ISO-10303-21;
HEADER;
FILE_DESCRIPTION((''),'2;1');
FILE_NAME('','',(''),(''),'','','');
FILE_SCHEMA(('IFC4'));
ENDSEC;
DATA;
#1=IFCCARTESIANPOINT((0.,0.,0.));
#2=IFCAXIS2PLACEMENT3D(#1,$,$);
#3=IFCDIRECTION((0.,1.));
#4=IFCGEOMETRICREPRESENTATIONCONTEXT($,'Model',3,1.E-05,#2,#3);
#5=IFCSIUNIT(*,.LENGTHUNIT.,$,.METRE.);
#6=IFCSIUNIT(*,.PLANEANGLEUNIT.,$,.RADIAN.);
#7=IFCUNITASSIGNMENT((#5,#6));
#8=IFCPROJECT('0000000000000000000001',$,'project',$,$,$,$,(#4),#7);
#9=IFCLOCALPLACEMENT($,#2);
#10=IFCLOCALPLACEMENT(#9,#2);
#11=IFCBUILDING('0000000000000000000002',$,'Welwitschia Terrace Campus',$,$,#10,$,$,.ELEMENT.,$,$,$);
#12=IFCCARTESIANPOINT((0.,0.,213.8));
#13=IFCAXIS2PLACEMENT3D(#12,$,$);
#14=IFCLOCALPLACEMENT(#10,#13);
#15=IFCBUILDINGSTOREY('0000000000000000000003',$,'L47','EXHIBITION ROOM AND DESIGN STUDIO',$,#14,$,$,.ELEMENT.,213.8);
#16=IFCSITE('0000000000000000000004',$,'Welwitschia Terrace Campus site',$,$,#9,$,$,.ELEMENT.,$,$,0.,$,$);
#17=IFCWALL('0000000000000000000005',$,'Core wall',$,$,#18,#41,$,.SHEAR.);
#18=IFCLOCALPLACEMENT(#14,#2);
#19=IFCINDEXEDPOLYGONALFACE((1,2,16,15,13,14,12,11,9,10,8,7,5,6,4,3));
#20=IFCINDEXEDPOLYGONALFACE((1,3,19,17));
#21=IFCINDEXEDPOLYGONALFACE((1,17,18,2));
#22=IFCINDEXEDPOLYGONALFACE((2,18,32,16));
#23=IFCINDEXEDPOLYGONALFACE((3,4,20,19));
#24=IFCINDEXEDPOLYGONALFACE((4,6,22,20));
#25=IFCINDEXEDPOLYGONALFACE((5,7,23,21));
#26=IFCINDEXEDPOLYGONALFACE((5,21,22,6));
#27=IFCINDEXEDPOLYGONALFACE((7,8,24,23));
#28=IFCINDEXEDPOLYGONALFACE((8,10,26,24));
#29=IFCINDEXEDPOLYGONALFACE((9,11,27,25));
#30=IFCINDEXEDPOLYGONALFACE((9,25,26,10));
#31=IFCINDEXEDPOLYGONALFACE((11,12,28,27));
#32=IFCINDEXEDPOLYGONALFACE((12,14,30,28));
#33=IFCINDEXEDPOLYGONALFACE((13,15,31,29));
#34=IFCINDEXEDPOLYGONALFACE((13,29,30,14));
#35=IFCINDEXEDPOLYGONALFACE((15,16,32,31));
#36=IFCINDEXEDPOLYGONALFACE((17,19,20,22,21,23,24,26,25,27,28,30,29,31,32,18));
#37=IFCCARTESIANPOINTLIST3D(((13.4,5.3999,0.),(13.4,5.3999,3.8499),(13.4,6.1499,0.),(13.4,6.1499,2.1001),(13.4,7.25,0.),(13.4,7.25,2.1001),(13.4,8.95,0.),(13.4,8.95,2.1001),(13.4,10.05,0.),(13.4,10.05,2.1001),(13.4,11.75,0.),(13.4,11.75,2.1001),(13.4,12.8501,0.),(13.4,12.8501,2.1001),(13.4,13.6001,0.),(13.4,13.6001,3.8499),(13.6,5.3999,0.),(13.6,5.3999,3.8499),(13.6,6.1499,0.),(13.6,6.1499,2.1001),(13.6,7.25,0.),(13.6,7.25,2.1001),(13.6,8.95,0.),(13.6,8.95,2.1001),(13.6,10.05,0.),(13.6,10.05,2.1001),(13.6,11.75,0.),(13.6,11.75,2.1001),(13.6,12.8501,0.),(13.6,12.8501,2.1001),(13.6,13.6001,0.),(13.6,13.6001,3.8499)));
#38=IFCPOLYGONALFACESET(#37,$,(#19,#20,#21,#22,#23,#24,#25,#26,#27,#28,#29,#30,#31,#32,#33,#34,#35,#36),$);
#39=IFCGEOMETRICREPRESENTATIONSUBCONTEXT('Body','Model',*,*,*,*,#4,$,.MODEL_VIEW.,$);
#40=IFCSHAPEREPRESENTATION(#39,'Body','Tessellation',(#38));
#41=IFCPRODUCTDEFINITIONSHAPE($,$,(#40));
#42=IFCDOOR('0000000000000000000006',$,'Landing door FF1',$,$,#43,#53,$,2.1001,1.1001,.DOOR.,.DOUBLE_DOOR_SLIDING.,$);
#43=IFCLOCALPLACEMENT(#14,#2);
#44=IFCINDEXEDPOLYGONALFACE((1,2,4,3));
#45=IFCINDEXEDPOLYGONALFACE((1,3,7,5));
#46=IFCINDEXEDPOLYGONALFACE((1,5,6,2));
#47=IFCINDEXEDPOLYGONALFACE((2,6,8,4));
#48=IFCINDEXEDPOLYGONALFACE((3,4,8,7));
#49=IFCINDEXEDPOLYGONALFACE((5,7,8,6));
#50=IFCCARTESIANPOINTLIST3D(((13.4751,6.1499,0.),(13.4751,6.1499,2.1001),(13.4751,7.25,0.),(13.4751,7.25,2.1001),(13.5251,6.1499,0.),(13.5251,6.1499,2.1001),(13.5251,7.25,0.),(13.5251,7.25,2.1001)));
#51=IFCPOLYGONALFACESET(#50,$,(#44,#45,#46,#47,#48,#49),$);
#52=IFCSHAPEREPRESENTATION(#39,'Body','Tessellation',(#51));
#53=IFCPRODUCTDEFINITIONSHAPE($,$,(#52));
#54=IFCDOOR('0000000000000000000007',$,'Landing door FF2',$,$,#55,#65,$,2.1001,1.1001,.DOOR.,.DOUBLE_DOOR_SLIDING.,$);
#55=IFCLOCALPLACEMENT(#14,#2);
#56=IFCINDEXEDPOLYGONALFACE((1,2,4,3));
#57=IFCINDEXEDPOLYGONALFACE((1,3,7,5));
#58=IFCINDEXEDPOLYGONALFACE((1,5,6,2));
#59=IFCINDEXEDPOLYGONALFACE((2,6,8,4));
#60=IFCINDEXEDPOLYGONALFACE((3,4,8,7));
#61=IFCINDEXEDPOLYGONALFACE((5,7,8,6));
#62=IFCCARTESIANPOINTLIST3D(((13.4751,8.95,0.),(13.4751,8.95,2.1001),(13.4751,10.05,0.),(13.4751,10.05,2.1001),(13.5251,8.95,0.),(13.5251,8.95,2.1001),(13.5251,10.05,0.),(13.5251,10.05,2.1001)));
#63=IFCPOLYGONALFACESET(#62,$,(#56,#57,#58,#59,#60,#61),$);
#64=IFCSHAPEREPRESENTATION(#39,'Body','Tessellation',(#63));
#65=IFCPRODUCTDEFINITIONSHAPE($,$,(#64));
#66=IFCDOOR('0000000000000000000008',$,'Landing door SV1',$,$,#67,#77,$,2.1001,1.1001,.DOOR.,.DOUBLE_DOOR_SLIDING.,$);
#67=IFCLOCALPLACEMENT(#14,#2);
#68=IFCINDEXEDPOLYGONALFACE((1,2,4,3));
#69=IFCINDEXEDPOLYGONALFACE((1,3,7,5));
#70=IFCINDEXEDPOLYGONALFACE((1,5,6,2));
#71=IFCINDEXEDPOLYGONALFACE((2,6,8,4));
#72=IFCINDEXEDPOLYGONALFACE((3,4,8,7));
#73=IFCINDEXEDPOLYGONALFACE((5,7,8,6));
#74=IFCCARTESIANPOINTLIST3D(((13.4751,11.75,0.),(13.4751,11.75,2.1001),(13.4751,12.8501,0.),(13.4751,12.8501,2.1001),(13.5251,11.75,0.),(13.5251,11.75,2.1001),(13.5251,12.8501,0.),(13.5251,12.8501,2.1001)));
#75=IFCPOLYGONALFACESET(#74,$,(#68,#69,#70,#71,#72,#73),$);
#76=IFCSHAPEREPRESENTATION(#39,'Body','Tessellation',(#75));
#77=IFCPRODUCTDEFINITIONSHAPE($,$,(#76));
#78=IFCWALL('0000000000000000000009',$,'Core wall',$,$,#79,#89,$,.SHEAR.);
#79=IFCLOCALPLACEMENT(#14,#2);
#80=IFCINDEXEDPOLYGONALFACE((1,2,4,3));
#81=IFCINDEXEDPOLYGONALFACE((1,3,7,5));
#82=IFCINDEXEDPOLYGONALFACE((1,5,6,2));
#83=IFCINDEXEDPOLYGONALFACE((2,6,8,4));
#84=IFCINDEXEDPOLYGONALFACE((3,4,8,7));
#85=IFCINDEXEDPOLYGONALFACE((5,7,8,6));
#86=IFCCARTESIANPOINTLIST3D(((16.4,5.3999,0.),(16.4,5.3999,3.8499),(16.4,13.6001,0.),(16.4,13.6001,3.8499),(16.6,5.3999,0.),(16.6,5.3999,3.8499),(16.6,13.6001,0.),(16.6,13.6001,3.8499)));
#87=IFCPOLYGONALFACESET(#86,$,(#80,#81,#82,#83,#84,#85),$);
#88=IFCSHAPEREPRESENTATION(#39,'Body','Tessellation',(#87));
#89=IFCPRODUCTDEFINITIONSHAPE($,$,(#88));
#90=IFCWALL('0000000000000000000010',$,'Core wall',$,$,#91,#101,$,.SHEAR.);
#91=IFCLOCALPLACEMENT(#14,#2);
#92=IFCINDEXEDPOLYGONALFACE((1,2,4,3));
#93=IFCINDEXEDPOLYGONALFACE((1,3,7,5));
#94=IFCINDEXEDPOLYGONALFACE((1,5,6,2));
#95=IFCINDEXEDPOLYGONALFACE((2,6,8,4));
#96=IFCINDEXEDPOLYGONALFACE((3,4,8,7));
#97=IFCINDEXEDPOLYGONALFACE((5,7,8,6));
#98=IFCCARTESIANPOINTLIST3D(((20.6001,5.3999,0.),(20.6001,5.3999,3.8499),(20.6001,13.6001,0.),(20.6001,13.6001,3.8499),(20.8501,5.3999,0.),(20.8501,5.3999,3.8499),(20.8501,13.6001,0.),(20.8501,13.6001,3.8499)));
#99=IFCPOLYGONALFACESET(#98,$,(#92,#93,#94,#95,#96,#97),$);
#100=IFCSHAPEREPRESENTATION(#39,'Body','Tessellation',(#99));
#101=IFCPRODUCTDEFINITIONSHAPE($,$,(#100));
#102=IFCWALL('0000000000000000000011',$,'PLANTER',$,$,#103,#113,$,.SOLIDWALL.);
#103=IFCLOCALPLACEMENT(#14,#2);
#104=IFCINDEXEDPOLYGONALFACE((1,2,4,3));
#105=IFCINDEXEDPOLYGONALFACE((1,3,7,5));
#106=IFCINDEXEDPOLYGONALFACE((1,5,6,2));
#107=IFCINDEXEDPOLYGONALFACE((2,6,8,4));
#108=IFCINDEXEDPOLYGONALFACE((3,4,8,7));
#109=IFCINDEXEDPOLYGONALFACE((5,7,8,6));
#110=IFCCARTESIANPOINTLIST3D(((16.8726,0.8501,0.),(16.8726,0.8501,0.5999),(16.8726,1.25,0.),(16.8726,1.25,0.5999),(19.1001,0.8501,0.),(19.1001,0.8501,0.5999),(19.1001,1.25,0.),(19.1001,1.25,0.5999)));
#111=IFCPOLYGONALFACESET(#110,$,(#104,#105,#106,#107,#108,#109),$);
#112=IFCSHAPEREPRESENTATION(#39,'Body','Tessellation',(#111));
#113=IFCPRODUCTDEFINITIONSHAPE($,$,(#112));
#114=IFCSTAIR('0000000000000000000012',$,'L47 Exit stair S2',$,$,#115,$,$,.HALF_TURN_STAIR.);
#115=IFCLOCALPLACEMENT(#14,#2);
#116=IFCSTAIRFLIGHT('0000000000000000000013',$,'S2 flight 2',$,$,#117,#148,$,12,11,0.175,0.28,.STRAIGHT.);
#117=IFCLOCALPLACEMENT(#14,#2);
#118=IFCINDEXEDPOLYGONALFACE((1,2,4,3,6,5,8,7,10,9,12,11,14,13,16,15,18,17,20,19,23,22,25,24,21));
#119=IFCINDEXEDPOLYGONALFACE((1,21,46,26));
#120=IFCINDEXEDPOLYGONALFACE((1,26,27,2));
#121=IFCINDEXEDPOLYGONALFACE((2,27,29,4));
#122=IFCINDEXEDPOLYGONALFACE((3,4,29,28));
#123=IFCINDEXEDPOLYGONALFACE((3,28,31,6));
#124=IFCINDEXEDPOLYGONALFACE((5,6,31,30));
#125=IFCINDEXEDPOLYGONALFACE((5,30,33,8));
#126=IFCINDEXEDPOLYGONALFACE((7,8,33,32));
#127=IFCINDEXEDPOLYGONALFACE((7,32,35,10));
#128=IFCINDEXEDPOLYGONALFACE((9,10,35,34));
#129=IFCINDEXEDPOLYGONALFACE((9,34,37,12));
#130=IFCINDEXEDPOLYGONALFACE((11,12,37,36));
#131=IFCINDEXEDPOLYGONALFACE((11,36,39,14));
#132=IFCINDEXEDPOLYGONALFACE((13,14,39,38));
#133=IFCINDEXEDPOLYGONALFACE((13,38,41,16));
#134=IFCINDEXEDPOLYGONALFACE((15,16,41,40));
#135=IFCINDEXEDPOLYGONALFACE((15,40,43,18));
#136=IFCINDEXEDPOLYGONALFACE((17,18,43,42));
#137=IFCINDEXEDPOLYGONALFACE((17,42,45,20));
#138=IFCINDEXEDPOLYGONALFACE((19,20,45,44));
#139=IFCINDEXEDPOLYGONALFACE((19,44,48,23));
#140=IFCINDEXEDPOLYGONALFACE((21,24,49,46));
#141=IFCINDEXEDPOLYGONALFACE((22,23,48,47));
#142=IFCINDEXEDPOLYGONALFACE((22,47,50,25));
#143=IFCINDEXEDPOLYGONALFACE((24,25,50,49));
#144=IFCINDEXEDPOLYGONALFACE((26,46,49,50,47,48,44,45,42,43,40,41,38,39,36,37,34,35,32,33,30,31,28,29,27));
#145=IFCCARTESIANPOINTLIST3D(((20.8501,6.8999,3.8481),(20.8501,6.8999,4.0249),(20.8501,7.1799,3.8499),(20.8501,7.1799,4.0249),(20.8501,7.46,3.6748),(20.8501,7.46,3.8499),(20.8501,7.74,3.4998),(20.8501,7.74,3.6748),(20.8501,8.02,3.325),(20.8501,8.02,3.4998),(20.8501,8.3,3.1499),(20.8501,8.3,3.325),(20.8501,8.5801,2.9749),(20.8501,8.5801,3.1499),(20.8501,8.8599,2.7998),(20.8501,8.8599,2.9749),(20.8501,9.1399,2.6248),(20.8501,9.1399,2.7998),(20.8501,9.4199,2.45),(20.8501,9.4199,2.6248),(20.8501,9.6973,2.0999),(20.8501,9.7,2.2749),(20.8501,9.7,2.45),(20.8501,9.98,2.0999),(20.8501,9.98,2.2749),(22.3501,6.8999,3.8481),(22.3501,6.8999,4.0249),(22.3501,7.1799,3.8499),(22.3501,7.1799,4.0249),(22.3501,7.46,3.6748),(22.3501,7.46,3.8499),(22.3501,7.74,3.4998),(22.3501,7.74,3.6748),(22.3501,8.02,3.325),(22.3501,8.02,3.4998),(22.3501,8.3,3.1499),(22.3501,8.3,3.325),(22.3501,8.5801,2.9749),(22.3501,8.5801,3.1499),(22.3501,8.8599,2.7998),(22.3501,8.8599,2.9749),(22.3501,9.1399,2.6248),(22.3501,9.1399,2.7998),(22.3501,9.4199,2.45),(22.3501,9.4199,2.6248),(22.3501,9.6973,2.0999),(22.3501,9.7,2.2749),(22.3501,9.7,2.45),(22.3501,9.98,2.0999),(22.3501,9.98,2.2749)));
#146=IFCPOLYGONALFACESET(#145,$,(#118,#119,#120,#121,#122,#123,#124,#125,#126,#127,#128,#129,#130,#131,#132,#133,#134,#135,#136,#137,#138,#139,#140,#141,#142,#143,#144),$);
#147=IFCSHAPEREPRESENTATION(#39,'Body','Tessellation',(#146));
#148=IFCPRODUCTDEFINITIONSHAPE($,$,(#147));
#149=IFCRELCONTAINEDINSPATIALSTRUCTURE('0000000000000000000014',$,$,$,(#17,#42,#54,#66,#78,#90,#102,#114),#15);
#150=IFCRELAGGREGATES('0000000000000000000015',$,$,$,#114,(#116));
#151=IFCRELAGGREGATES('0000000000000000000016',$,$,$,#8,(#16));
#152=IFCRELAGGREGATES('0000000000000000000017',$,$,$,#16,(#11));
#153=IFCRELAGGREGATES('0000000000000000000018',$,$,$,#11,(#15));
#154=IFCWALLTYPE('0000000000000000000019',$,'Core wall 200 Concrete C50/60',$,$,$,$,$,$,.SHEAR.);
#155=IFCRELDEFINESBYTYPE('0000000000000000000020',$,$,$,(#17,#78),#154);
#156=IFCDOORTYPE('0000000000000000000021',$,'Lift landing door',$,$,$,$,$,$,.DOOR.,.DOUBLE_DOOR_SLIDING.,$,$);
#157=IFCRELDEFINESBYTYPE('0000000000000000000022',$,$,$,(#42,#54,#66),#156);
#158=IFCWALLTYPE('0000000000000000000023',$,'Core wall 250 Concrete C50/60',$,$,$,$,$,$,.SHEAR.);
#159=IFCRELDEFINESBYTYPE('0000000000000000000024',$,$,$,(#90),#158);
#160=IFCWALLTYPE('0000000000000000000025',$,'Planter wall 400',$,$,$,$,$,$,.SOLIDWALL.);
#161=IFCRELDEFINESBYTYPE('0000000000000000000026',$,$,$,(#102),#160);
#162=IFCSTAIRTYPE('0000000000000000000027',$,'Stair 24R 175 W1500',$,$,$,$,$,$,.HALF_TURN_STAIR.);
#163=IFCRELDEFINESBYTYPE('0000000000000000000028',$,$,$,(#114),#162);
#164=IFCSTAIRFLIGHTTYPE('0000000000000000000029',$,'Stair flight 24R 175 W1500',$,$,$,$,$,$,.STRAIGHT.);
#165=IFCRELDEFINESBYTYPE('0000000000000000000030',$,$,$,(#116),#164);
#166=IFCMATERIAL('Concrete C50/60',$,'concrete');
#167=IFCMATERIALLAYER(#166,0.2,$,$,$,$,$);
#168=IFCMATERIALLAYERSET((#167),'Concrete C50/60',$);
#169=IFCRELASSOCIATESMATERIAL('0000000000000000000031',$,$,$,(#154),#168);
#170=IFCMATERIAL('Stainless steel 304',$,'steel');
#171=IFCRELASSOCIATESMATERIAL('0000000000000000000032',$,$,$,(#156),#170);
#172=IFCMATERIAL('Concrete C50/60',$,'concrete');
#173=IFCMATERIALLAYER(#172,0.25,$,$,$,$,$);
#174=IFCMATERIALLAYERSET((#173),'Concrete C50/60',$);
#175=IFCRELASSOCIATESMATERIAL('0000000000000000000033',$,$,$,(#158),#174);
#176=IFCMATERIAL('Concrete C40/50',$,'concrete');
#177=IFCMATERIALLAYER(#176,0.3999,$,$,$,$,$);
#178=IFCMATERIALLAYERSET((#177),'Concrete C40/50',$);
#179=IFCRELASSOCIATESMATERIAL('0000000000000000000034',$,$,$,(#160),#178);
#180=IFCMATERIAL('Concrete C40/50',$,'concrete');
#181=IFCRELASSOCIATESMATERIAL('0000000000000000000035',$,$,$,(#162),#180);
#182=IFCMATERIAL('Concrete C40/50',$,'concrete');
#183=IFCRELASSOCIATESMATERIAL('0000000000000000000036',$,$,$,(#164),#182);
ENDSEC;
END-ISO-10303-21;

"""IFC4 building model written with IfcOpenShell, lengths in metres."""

from ifc_helpers import new_model, si_unit, direction, frame, frame_2d, origin, place, context, subcontext, project, spatial, polyline, rectangle, outline, extrude, material, layer, layer_set, type_object, element, fill, aggregate, save


model = new_model("IFC4")

# Units and contexts
model_context = context("Model", 3, precision=1e-05, world=origin(), true_north=direction((0.0, 1.0)))
body_context = subcontext(model_context, "Body", "Model", "MODEL_VIEW")
ifc_project = project(units=[si_unit("LENGTHUNIT", "METRE"), si_unit("PLANEANGLEUNIT", "RADIAN")], contexts=[model_context])

# Site, building, storey
site_placement = place(None, origin())
site = spatial("IfcSite", under=ifc_project, at=site_placement, Name="Welwitschia Terrace Campus site", CompositionType="ELEMENT", RefElevation=0.0)
building_placement = place(site_placement, origin())
building = spatial("IfcBuilding", under=site, at=building_placement, Name="Welwitschia Terrace Campus", CompositionType="ELEMENT")
storey_placement = place(building_placement, frame((0.0, 0.0, 213.8)))
storey = spatial("IfcBuildingStorey", under=building, at=storey_placement, Name="L47", Description="EXHIBITION ROOM AND DESIGN STUDIO", CompositionType="ELEMENT", Elevation=213.8)

# Shared definitions
ifc_material_1 = material(Name="Concrete C50/60", Category="concrete")
ifc_layer_1 = layer(ifc_material_1, 0.2)
ifc_layer_set_1 = layer_set([ifc_layer_1], Name="Concrete C50/60")
wall_type_1 = type_object("IfcWallType", Name="Core wall 200 Concrete C50/60", PredefinedType="SHEAR", material=ifc_layer_set_1)

# Wall, openings, doors
wall_1_placement = place(storey_placement, frame((13.5, 5.3999, 0.0), z_axis=(0.0, 0.0, 1.0), x_axis=(0.0, 1.0, 0.0)))
wall_1 = element("IfcWall", 1, at=wall_1_placement, inside=storey, type_object=wall_type_1, Name="Core wall", PredefinedType="SHEAR", context=body_context, shape_type="SweptSolid", body=[
    extrude(rectangle(XDim=8.2002, YDim=0.2, at=frame_2d((4.1001, 0.0))), origin(), (0.0, 0.0, 1.0), 3.8499),
])
opening_1_placement = place(wall_1_placement, frame((0.75, 0.0, 0.0)))
opening_1 = element("IfcOpeningElement", 2, at=opening_1_placement, cuts=wall_1, PredefinedType="OPENING", context=body_context, shape_type="SweptSolid", body=[
    extrude(rectangle(XDim=1.1001, YDim=2.1001, at=frame_2d((0.55, 1.05))), frame((0.0, 0.1099, 0.0), z_axis=(0.0, -1.0, 0.0), x_axis=(1.0, 0.0, 0.0)), (0.0, 0.0, 1.0), 0.22),
])
opening_2_placement = place(wall_1_placement, frame((3.55, 0.0, 0.0)))
opening_2 = element("IfcOpeningElement", 3, at=opening_2_placement, cuts=wall_1, PredefinedType="OPENING", context=body_context, shape_type="SweptSolid", body=[
    extrude(rectangle(XDim=1.1001, YDim=2.1001, at=frame_2d((0.55, 1.05))), frame((0.0, 0.1099, 0.0), z_axis=(0.0, -1.0, 0.0), x_axis=(1.0, 0.0, 0.0)), (0.0, 0.0, 1.0), 0.22),
])
opening_3_placement = place(wall_1_placement, frame((6.3501, 0.0, 0.0)))
opening_3 = element("IfcOpeningElement", 4, at=opening_3_placement, cuts=wall_1, PredefinedType="OPENING", context=body_context, shape_type="SweptSolid", body=[
    extrude(rectangle(XDim=1.1001, YDim=2.1001, at=frame_2d((0.55, 1.05))), frame((0.0, 0.1099, 0.0), z_axis=(0.0, -1.0, 0.0), x_axis=(1.0, 0.0, 0.0)), (0.0, 0.0, 1.0), 0.22),
])
ifc_material_2 = material(Name="Stainless steel 304", Category="steel")
door_type_1 = type_object("IfcDoorType", Name="Lift landing door", OperationType="DOUBLE_DOOR_SLIDING", PredefinedType="DOOR", material=ifc_material_2)
door_1_placement = place(opening_1_placement, origin())
door_1 = element("IfcDoor", 5, at=door_1_placement, inside=storey, type_object=door_type_1, Name="Landing door FF1", OperationType="DOUBLE_DOOR_SLIDING", OverallHeight=2.1001, OverallWidth=1.1001, PredefinedType="DOOR", context=body_context, shape_type="SweptSolid", body=[
    extrude(rectangle(XDim=1.1001, YDim=2.1001, at=frame_2d((0.55, 1.05))), frame((0.0, 0.0249, 0.0), z_axis=(0.0, -1.0, 0.0), x_axis=(1.0, 0.0, 0.0)), (0.0, 0.0, 1.0), 0.05),
])
fill(opening_1, door_1)
door_2_placement = place(opening_2_placement, origin())
door_2 = element("IfcDoor", 6, at=door_2_placement, inside=storey, type_object=door_type_1, Name="Landing door FF2", OperationType="DOUBLE_DOOR_SLIDING", OverallHeight=2.1001, OverallWidth=1.1001, PredefinedType="DOOR", context=body_context, shape_type="SweptSolid", body=[
    extrude(rectangle(XDim=1.1001, YDim=2.1001, at=frame_2d((0.55, 1.05))), frame((0.0, 0.0249, 0.0), z_axis=(0.0, -1.0, 0.0), x_axis=(1.0, 0.0, 0.0)), (0.0, 0.0, 1.0), 0.05),
])
fill(opening_2, door_2)
door_3_placement = place(opening_3_placement, origin())
door_3 = element("IfcDoor", 7, at=door_3_placement, inside=storey, type_object=door_type_1, Name="Landing door SV1", OperationType="DOUBLE_DOOR_SLIDING", OverallHeight=2.1001, OverallWidth=1.1001, PredefinedType="DOOR", context=body_context, shape_type="SweptSolid", body=[
    extrude(rectangle(XDim=1.1001, YDim=2.1001, at=frame_2d((0.55, 1.05))), frame((0.0, 0.0249, 0.0), z_axis=(0.0, -1.0, 0.0), x_axis=(1.0, 0.0, 0.0)), (0.0, 0.0, 1.0), 0.05),
])
fill(opening_3, door_3)

# Walls
wall_2_placement = place(storey_placement, frame((16.5, 5.3999, 0.0), z_axis=(0.0, 0.0, 1.0), x_axis=(0.0, 1.0, 0.0)))
element("IfcWall", 8, at=wall_2_placement, inside=storey, type_object=wall_type_1, Name="Core wall", PredefinedType="SHEAR", context=body_context, shape_type="SweptSolid", body=[
    extrude(rectangle(XDim=8.2002, YDim=0.2, at=frame_2d((4.1001, 0.0))), origin(), (0.0, 0.0, 1.0), 3.8499),
])
ifc_material_3 = material(Name="Concrete C50/60", Category="concrete")
ifc_layer_2 = layer(ifc_material_3, 0.25)
ifc_layer_set_2 = layer_set([ifc_layer_2], Name="Concrete C50/60")
wall_type_2 = type_object("IfcWallType", Name="Core wall 250 Concrete C50/60", PredefinedType="SHEAR", material=ifc_layer_set_2)
wall_3_placement = place(storey_placement, frame((20.7251, 5.3999, 0.0), z_axis=(0.0, 0.0, 1.0), x_axis=(0.0, 1.0, 0.0)))
element("IfcWall", 9, at=wall_3_placement, inside=storey, type_object=wall_type_2, Name="Core wall", PredefinedType="SHEAR", context=body_context, shape_type="SweptSolid", body=[
    extrude(rectangle(XDim=8.2002, YDim=0.25, at=frame_2d((4.1001, 0.0))), origin(), (0.0, 0.0, 1.0), 3.8499),
])
ifc_material_4 = material(Name="Concrete C40/50", Category="concrete")
ifc_layer_3 = layer(ifc_material_4, 0.3999)
ifc_layer_set_3 = layer_set([ifc_layer_3], Name="Concrete C40/50")
wall_type_3 = type_object("IfcWallType", Name="Planter wall 400", PredefinedType="SOLIDWALL", material=ifc_layer_set_3)
wall_4_placement = place(storey_placement, frame((19.1001, 1.05, 0.0), z_axis=(0.0, 0.0, 1.0), x_axis=(-1.0, 0.0, 0.0)))
element("IfcWall", 10, at=wall_4_placement, inside=storey, type_object=wall_type_3, Name="PLANTER", PredefinedType="SOLIDWALL", context=body_context, shape_type="SweptSolid", body=[
    extrude(rectangle(XDim=2.2275, YDim=0.3999, at=frame_2d((1.1138, 0.0))), origin(), (0.0, 0.0, 1.0), 0.5999),
])

# Stair, stair flight
ifc_material_5 = material(Name="Concrete C40/50", Category="concrete")
stair_type = type_object("IfcStairType", Name="Stair 24R 175 W1500", PredefinedType="HALF_TURN_STAIR", material=ifc_material_5)
stair_placement = place(storey_placement, origin())
stair = element("IfcStair", 11, at=stair_placement, inside=storey, type_object=stair_type, Name="L47 Exit stair S2", PredefinedType="HALF_TURN_STAIR")
ifc_material_6 = material(Name="Concrete C40/50", Category="concrete")
stair_flight_type = type_object("IfcStairFlightType", Name="Stair flight 24R 175 W1500", PredefinedType="STRAIGHT", material=ifc_material_6)
stair_flight_placement = place(storey_placement, frame((21.6001, 9.98, 2.0999), z_axis=(0.0, 0.0, 1.0), x_axis=(0.0, -1.0, 0.0)))
stair_flight = element("IfcStairFlight", 12, at=stair_flight_placement, type_object=stair_flight_type, Name="S2 flight 2", NumberOfRisers=12, NumberOfTreads=11, PredefinedType="STRAIGHT", RiserHeight=0.175, TreadLength=0.28, context=body_context, shape_type="SweptSolid", body=[
    extrude(outline(polyline([(0.0, 0.0), (0.0, 0.175), (0.28, 0.175), (0.28, 0.3501), (0.5601, 0.3501), (0.5601, 0.5249), (0.8401, 0.5249), (0.8401, 0.7), (1.1201, 0.7), (1.1201, 0.875), (1.3999, 0.875), (1.3999, 1.05), (1.6799, 1.05), (1.6799, 1.2251), (1.96, 1.2251), (1.96, 1.3999), (2.24, 1.3999), (2.24, 1.575), (2.52, 1.575), (2.52, 1.75), (2.8, 1.75), (2.8, 1.925), (3.0801, 1.925), (3.0801, 2.1001), (3.0801, 1.7483), (0.2827, 0.0), (0.0, 0.0)])), frame((0.0, 0.75, 0.0), z_axis=(0.0, -1.0, 0.0), x_axis=(1.0, 0.0, 0.0)), (0.0, 0.0, 1.0), 1.5),
])
aggregate(stair, [stair_flight])

save(model, "model.ifc")
